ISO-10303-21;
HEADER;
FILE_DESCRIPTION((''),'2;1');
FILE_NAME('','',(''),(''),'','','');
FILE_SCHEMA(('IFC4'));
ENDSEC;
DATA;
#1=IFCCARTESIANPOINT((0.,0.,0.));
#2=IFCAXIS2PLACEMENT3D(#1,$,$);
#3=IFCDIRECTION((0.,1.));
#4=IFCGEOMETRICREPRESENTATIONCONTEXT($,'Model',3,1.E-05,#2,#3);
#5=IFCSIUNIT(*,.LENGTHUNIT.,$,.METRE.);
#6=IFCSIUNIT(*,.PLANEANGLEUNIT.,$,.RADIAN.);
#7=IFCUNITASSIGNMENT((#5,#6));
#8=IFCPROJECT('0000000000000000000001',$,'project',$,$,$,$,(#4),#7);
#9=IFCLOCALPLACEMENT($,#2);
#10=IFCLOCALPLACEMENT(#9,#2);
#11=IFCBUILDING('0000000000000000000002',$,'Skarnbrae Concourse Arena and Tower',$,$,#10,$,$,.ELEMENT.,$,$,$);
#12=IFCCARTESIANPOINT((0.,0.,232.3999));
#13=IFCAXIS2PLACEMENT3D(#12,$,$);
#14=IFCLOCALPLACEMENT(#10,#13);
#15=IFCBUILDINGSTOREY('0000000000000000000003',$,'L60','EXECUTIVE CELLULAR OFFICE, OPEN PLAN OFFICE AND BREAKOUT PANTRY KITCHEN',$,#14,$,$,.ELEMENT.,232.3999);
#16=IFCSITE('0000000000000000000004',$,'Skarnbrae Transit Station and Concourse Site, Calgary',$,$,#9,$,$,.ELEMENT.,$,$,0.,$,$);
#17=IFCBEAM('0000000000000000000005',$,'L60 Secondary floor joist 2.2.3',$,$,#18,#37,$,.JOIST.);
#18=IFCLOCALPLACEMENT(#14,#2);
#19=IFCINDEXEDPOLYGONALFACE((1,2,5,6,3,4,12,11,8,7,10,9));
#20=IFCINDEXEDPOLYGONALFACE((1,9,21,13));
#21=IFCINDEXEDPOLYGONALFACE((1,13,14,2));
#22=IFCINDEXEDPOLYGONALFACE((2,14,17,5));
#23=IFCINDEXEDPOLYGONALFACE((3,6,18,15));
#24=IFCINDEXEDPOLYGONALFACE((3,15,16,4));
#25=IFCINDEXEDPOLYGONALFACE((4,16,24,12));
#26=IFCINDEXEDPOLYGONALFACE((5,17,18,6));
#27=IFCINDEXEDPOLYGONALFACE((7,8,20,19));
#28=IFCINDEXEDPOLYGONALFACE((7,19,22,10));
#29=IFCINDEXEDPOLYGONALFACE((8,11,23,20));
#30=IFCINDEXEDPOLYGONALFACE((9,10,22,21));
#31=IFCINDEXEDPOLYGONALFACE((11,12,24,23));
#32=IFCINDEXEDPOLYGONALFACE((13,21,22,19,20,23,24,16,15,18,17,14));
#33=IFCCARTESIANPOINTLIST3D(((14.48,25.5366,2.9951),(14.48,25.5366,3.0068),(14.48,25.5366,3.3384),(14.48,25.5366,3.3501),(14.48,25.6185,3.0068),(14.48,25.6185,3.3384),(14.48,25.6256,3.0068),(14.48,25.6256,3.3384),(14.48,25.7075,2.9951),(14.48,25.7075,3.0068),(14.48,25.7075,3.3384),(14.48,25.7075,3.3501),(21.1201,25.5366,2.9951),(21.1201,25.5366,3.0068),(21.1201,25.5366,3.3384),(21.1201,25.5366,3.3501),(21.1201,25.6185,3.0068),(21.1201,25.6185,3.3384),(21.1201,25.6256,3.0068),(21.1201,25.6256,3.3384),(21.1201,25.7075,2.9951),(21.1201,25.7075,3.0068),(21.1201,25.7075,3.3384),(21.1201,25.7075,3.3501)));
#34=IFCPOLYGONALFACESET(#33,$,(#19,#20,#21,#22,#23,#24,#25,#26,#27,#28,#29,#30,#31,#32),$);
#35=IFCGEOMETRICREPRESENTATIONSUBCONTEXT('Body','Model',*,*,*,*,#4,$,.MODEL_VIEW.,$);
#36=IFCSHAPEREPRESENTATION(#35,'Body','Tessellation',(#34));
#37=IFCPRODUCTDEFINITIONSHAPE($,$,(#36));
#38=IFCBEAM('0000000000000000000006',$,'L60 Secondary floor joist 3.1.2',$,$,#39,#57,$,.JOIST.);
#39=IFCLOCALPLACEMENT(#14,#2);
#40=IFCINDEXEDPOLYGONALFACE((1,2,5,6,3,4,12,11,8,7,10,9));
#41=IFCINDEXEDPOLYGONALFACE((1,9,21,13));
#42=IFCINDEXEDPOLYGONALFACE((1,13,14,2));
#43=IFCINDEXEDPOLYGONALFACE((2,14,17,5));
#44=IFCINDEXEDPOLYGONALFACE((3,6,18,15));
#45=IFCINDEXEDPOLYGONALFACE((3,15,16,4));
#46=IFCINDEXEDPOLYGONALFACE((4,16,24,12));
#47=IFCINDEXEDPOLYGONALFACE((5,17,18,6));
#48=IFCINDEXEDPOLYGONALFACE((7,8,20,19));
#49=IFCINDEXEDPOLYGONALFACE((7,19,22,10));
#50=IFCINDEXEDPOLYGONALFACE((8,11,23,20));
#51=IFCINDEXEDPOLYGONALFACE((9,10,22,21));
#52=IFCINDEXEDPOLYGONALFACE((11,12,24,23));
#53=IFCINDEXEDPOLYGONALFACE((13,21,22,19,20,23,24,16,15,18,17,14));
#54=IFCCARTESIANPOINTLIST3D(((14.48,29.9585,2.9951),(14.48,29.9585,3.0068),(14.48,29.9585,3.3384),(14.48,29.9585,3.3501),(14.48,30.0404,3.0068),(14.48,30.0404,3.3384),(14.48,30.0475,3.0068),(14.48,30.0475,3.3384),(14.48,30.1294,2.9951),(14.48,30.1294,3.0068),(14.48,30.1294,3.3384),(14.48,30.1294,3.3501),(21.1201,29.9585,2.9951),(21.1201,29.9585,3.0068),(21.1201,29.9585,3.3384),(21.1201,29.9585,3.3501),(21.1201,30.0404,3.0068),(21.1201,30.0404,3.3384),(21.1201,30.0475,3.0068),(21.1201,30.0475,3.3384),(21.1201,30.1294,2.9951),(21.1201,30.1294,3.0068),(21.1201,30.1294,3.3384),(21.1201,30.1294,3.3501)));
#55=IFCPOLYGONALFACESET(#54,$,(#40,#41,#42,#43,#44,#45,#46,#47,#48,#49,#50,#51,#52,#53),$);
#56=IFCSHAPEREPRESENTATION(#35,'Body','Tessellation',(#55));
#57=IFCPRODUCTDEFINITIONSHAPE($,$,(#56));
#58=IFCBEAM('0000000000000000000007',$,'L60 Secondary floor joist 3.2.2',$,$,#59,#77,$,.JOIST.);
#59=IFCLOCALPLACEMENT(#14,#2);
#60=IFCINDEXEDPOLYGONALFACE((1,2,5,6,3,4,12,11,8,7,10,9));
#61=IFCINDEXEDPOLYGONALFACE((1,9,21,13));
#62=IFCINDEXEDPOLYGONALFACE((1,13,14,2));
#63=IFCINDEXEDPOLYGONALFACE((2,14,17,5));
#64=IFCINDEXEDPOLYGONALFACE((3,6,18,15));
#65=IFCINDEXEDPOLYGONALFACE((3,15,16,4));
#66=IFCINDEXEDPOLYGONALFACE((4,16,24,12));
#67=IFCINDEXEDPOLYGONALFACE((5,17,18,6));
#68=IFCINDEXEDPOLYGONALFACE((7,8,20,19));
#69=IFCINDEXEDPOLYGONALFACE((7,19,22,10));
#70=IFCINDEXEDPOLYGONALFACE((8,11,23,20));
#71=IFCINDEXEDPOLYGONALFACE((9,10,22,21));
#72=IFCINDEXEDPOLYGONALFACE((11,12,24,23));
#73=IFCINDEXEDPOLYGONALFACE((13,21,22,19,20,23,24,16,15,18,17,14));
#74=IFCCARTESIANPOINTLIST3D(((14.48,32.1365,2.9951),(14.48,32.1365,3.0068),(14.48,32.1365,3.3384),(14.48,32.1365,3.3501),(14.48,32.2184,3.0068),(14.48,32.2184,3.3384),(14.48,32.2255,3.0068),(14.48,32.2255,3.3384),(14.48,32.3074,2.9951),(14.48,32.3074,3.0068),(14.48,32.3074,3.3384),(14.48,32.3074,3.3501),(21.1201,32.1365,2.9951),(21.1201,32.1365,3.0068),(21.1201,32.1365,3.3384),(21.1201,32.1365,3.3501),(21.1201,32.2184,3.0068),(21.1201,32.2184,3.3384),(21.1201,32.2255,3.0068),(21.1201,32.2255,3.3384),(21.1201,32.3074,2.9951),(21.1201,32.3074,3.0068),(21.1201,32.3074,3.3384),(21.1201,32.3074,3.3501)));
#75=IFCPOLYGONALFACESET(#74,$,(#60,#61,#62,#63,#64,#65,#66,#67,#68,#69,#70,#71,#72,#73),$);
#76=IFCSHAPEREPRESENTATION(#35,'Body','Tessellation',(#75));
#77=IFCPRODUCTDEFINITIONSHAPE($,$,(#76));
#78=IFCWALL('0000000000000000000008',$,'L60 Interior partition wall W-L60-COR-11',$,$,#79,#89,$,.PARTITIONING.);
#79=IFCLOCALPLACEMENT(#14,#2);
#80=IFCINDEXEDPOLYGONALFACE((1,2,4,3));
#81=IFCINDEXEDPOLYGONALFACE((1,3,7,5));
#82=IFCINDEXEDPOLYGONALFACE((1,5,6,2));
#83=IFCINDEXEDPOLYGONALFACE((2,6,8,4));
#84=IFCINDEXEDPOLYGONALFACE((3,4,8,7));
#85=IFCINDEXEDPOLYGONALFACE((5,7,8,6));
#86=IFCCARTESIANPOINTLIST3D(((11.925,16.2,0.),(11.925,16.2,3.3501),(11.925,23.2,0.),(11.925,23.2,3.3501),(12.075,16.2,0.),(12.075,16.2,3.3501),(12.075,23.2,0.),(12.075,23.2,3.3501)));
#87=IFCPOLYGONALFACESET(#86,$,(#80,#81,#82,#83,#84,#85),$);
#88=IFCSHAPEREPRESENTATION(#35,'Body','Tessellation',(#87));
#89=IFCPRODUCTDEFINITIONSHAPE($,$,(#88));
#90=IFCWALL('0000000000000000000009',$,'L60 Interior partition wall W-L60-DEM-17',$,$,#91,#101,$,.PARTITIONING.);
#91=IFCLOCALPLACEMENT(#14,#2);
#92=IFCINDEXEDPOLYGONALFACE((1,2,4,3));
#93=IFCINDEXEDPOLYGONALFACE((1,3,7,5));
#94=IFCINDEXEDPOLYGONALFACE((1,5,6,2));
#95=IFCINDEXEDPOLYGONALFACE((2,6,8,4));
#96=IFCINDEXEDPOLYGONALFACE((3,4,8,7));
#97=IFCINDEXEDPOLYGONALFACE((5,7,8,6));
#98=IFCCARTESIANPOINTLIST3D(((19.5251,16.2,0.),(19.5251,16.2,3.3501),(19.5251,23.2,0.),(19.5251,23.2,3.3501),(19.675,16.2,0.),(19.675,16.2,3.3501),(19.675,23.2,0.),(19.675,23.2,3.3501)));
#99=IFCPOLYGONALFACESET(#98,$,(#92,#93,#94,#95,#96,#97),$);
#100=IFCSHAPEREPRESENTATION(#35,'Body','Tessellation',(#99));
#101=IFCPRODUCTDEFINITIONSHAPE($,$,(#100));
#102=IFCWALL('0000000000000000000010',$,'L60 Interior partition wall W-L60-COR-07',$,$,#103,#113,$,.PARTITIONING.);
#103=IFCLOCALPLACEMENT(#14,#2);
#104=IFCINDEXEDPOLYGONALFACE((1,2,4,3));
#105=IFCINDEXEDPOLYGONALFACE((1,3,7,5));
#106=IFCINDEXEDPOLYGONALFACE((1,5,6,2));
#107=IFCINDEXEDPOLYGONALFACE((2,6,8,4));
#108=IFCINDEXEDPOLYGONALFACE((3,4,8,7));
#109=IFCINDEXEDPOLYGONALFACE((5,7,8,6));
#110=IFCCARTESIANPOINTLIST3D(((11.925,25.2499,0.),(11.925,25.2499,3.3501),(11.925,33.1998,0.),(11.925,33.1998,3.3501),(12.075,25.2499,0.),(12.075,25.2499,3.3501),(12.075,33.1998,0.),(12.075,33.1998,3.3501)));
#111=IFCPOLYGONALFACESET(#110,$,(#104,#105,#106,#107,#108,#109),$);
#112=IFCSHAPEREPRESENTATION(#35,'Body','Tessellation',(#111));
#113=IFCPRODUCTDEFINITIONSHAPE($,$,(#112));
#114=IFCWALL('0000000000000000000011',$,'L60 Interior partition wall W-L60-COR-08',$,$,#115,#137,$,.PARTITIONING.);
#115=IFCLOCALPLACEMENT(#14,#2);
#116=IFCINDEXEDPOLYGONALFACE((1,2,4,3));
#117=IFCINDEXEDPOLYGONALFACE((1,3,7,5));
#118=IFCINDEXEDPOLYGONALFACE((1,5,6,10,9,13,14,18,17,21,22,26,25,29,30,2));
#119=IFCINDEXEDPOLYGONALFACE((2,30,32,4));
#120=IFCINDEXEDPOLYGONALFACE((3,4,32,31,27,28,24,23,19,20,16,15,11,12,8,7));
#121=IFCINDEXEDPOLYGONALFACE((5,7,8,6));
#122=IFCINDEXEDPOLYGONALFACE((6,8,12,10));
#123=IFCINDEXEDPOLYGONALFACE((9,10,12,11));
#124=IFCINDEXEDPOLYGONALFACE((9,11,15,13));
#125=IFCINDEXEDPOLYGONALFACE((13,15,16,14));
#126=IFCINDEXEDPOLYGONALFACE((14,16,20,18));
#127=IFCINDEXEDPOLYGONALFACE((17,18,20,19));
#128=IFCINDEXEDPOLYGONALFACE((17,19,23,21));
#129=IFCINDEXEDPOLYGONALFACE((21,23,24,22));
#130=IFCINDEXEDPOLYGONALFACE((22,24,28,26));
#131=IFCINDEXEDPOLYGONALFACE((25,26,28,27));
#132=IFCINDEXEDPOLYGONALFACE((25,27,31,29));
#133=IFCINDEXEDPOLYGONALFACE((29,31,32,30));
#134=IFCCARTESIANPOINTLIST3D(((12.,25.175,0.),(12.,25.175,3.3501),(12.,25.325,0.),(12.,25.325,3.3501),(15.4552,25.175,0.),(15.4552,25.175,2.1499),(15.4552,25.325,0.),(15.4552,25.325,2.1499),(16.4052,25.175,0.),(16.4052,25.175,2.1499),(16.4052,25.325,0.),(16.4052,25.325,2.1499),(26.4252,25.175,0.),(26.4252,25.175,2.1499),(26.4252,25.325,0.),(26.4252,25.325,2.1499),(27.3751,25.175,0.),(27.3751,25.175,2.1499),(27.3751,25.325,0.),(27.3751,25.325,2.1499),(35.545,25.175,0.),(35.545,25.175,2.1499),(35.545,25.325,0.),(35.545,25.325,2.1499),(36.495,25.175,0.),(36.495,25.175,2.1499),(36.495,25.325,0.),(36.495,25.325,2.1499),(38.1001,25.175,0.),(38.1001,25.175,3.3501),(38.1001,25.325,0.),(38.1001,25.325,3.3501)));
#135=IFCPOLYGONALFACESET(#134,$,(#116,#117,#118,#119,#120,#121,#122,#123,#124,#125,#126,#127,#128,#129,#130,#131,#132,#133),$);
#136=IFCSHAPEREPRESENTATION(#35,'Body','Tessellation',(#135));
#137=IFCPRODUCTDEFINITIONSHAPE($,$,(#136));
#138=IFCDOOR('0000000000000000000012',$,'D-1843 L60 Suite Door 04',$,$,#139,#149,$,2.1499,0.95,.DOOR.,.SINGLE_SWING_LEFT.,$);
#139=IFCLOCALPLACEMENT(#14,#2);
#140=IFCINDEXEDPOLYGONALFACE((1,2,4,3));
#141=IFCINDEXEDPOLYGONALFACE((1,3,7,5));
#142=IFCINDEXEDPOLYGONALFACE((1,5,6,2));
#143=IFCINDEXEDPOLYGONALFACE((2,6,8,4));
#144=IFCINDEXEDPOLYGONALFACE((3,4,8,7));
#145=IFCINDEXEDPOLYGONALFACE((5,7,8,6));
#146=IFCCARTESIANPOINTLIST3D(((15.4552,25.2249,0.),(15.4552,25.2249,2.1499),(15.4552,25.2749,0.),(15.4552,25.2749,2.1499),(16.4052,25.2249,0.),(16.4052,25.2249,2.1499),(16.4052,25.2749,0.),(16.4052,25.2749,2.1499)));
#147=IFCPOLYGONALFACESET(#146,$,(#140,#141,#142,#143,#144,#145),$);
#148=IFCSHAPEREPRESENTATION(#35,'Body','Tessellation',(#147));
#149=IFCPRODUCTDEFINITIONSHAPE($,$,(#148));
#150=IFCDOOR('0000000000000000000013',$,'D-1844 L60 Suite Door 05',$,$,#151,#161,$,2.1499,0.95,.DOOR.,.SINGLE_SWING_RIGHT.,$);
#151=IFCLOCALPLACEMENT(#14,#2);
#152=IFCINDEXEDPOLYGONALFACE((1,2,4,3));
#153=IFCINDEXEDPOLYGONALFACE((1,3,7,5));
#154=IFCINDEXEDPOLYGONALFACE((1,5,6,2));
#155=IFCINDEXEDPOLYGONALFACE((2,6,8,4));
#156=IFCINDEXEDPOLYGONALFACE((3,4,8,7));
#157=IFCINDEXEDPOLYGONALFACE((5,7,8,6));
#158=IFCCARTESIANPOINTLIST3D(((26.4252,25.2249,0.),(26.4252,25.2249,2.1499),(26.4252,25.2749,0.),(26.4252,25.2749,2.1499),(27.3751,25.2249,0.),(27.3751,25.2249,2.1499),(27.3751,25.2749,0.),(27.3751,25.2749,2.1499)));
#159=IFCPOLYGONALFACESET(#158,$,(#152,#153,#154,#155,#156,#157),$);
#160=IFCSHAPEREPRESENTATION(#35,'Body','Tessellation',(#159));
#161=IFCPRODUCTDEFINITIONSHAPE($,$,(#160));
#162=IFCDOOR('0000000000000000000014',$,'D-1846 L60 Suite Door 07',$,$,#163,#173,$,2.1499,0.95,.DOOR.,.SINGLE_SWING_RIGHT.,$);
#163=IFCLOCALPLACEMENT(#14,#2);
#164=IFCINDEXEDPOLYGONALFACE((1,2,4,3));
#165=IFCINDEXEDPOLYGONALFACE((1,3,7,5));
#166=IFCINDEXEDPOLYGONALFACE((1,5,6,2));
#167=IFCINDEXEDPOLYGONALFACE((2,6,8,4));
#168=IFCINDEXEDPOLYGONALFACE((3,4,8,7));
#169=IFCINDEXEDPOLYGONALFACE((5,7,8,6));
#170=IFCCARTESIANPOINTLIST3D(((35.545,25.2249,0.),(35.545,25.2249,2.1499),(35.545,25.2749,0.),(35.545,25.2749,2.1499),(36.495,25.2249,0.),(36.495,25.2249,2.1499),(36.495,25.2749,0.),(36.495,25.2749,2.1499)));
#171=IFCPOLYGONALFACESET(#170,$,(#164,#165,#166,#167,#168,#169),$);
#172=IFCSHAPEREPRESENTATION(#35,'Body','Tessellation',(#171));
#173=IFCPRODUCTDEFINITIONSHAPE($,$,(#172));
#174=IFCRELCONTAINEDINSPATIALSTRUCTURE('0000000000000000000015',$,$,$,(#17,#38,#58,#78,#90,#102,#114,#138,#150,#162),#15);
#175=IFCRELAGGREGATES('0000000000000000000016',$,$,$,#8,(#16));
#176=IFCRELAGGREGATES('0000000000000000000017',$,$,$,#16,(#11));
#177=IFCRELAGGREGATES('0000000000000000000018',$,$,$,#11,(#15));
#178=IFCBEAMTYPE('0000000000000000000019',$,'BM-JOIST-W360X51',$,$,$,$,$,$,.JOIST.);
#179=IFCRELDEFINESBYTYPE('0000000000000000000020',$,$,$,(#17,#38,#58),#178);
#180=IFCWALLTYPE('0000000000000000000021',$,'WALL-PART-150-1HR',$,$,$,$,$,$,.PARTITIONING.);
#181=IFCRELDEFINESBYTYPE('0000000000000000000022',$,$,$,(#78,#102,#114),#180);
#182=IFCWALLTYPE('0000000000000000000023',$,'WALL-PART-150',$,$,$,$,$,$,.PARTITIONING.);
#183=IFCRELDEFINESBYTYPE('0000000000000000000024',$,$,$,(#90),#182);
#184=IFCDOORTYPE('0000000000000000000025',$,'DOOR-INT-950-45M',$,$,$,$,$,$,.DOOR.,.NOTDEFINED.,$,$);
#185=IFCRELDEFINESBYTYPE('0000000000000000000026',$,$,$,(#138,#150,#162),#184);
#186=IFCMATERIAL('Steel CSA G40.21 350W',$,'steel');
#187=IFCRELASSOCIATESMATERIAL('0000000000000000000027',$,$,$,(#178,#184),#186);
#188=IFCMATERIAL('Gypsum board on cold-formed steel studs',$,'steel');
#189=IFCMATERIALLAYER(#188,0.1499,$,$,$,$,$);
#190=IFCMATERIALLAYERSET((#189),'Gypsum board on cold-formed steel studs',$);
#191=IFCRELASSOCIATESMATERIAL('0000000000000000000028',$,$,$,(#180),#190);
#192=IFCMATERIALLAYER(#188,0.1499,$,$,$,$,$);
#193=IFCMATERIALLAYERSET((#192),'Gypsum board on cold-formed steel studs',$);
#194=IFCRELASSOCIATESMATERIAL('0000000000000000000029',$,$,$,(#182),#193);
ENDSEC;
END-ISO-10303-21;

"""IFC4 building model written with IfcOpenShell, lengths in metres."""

from ifc_helpers import new_model, si_unit, direction, frame, frame_2d, origin, origin_2d, place, context, subcontext, project, spatial, rectangle, i_section, extrude, source, transform, mapped, material, layer, layer_set, material_profile, profile_set, type_object, element, fill, save


model = new_model("IFC4")

# Units and contexts
model_context = context("Model", 3, precision=1e-05, world=origin(), true_north=direction((0.0, 1.0)))
body_context = subcontext(model_context, "Body", "Model", "MODEL_VIEW")
ifc_project = project(units=[si_unit("LENGTHUNIT", "METRE"), si_unit("PLANEANGLEUNIT", "RADIAN")], contexts=[model_context])

# Site, building, storey
site_placement = place(None, origin())
site = spatial("IfcSite", under=ifc_project, at=site_placement, Name="Skarnbrae Transit Station and Concourse Site, Calgary", CompositionType="ELEMENT", RefElevation=0.0)
building_placement = place(site_placement, origin())
building = spatial("IfcBuilding", under=site, at=building_placement, Name="Skarnbrae Concourse Arena and Tower", CompositionType="ELEMENT")
storey_placement = place(building_placement, frame((0.0, 0.0, 232.3999)))
storey = spatial("IfcBuildingStorey", under=building, at=storey_placement, Name="L60", Description="EXECUTIVE CELLULAR OFFICE, OPEN PLAN OFFICE AND BREAKOUT PANTRY KITCHEN", CompositionType="ELEMENT", Elevation=232.3999)

# Shared definitions
ifc_material_1 = material(Name="Steel CSA G40.21 350W", Category="steel")

# Beams
ifc_material_profile_1 = material_profile(ifc_material_1, i_section(OverallWidth=0.1709, OverallDepth=0.355, WebThickness=0.0071, FlangeThickness=0.0117, at=origin_2d()), Name="W360X51")
ifc_profile_set_1 = profile_set([ifc_material_profile_1], Name="Steel CSA G40.21 350W")
beam_type_1 = type_object("IfcBeamType", Name="BM-JOIST-W360X51", PredefinedType="JOIST", material=ifc_profile_set_1)
shared_shape_1 = source(origin(), body_context, "Body", "SweptSolid", [
    extrude(i_section(OverallWidth=0.1709, OverallDepth=0.355, WebThickness=0.0071, FlangeThickness=0.0117, at=origin_2d()), origin(), (0.0, 0.0, 1.0), 6.6401),
])
for number, where, z_axis, x_axis, name in (
    (1, (14.48, 25.6221, 3.1726), (1.0, 0.0, 0.0), (0.0, 1.0, 0.0), "L60 Secondary floor joist 2.2.3"),
    (2, (14.48, 30.0439, 3.1726), (1.0, 0.0, 0.0), (0.0, 1.0, 0.0), "L60 Secondary floor joist 3.1.2"),
    (3, (14.48, 32.2219, 3.1726), (1.0, 0.0, 0.0), (0.0, 1.0, 0.0), "L60 Secondary floor joist 3.2.2"),
):
    element("IfcBeam", number, at=place(storey_placement, frame(where, z_axis=z_axis, x_axis=x_axis)), inside=storey, type_object=beam_type_1, Name=name, PredefinedType="JOIST", context=body_context, shape_type="MappedRepresentation", body=[
        mapped(shared_shape_1, transform((0.0, 0.0, 0.0))),
    ])

# Walls
ifc_material_2 = material(Name="Gypsum board on cold-formed steel studs", Category="steel")
ifc_layer_1 = layer(ifc_material_2, 0.1499)
ifc_layer_set_1 = layer_set([ifc_layer_1], Name="Gypsum board on cold-formed steel studs")
wall_type_1 = type_object("IfcWallType", Name="WALL-PART-150-1HR", PredefinedType="PARTITIONING", material=ifc_layer_set_1)
shared_shape_2 = source(origin(), body_context, "Body", "SweptSolid", [
    extrude(rectangle(XDim=7.0, YDim=0.1499, at=frame_2d((3.5, 0.0))), origin(), (0.0, 0.0, 1.0), 3.3501),
])
wall_1_placement = place(storey_placement, frame((12.0, 23.2, 0.0), z_axis=(0.0, 0.0, 1.0), x_axis=(0.0, -1.0, 0.0)))
element("IfcWall", 4, at=wall_1_placement, inside=storey, type_object=wall_type_1, Name="L60 Interior partition wall W-L60-COR-11", PredefinedType="PARTITIONING", context=body_context, shape_type="MappedRepresentation", body=[
    mapped(shared_shape_2, transform((0.0, 0.0, 0.0))),
])
ifc_layer_2 = layer(ifc_material_2, 0.1499)
ifc_layer_set_2 = layer_set([ifc_layer_2], Name="Gypsum board on cold-formed steel studs")
wall_type_2 = type_object("IfcWallType", Name="WALL-PART-150", PredefinedType="PARTITIONING", material=ifc_layer_set_2)
wall_2_placement = place(storey_placement, frame((19.6001, 23.2, 0.0), z_axis=(0.0, 0.0, 1.0), x_axis=(0.0, -1.0, 0.0)))
element("IfcWall", 5, at=wall_2_placement, inside=storey, type_object=wall_type_2, Name="L60 Interior partition wall W-L60-DEM-17", PredefinedType="PARTITIONING", context=body_context, shape_type="MappedRepresentation", body=[
    mapped(shared_shape_2, transform((0.0, 0.0, 0.0))),
])
shared_shape_3 = source(origin(), body_context, "Body", "SweptSolid", [
    extrude(rectangle(XDim=7.95, YDim=0.1499, at=frame_2d((3.9751, 0.0))), origin(), (0.0, 0.0, 1.0), 3.3501),
])
wall_3_placement = place(storey_placement, frame((12.0, 33.2, 0.0), z_axis=(0.0, 0.0, 1.0), x_axis=(0.0, -1.0, 0.0)))
element("IfcWall", 6, at=wall_3_placement, inside=storey, type_object=wall_type_1, Name="L60 Interior partition wall W-L60-COR-07", PredefinedType="PARTITIONING", context=body_context, shape_type="MappedRepresentation", body=[
    mapped(shared_shape_3, transform((0.0, 0.0, 0.0))),
])

# Wall, openings, doors
shared_shape_4 = source(origin(), body_context, "Body", "SweptSolid", [
    extrude(rectangle(XDim=26.1001, YDim=0.1499, at=frame_2d((13.05, 0.0))), origin(), (0.0, 0.0, 1.0), 3.3501),
])
wall_4_placement = place(storey_placement, frame((12.0, 25.25, 0.0), z_axis=(0.0, 0.0, 1.0), x_axis=(1.0, 0.0, 0.0)))
wall_4 = element("IfcWall", 7, at=wall_4_placement, inside=storey, type_object=wall_type_1, Name="L60 Interior partition wall W-L60-COR-08", PredefinedType="PARTITIONING", context=body_context, shape_type="MappedRepresentation", body=[
    mapped(shared_shape_4, transform((0.0, 0.0, 0.0))),
])
opening_1_placement = place(wall_4_placement, frame((3.4551, 0.0, 0.0)))
opening_1 = element("IfcOpeningElement", 8, at=opening_1_placement, cuts=wall_4, PredefinedType="OPENING", context=body_context, shape_type="SweptSolid", body=[
    extrude(rectangle(XDim=0.95, YDim=2.1499, at=frame_2d((0.4751, 1.075))), frame((0.0, 0.085, 0.0), z_axis=(0.0, -1.0, 0.0), x_axis=(1.0, 0.0, 0.0)), (0.0, 0.0, 1.0), 0.1699),
])
opening_2_placement = place(wall_4_placement, frame((14.425, 0.0, 0.0)))
opening_2 = element("IfcOpeningElement", 9, at=opening_2_placement, cuts=wall_4, PredefinedType="OPENING", context=body_context, shape_type="SweptSolid", body=[
    extrude(rectangle(XDim=0.95, YDim=2.1499, at=frame_2d((0.4751, 1.075))), frame((0.0, 0.085, 0.0), z_axis=(0.0, -1.0, 0.0), x_axis=(1.0, 0.0, 0.0)), (0.0, 0.0, 1.0), 0.1699),
])
opening_3_placement = place(wall_4_placement, frame((23.5449, 0.0, 0.0)))
opening_3 = element("IfcOpeningElement", 10, at=opening_3_placement, cuts=wall_4, PredefinedType="OPENING", context=body_context, shape_type="SweptSolid", body=[
    extrude(rectangle(XDim=0.95, YDim=2.1499, at=frame_2d((0.4751, 1.075))), frame((0.0, 0.085, 0.0), z_axis=(0.0, -1.0, 0.0), x_axis=(1.0, 0.0, 0.0)), (0.0, 0.0, 1.0), 0.1699),
])
door_type = type_object("IfcDoorType", Name="DOOR-INT-950-45M", OperationType="NOTDEFINED", PredefinedType="DOOR", material=ifc_material_1)
shared_shape_5 = source(origin(), body_context, "Body", "SweptSolid", [
    extrude(rectangle(XDim=0.95, YDim=2.1499, at=frame_2d((0.4751, 1.075))), frame((0.0, 0.0249, 0.0), z_axis=(0.0, -1.0, 0.0), x_axis=(1.0, 0.0, 0.0)), (0.0, 0.0, 1.0), 0.05),
])
door_1_placement = place(opening_1_placement, origin())
door_1 = element("IfcDoor", 11, at=door_1_placement, inside=storey, type_object=door_type, Name="D-1843 L60 Suite Door 04", OperationType="SINGLE_SWING_LEFT", OverallHeight=2.1499, OverallWidth=0.95, PredefinedType="DOOR", context=body_context, shape_type="MappedRepresentation", body=[
    mapped(shared_shape_5, transform((0.0, 0.0, 0.0))),
])
fill(opening_1, door_1)
door_2_placement = place(opening_2_placement, origin())
door_2 = element("IfcDoor", 12, at=door_2_placement, inside=storey, type_object=door_type, Name="D-1844 L60 Suite Door 05", OperationType="SINGLE_SWING_RIGHT", OverallHeight=2.1499, OverallWidth=0.95, PredefinedType="DOOR", context=body_context, shape_type="MappedRepresentation", body=[
    mapped(shared_shape_5, transform((0.0, 0.0, 0.0))),
])
fill(opening_2, door_2)
door_3_placement = place(opening_3_placement, origin())
door_3 = element("IfcDoor", 13, at=door_3_placement, inside=storey, type_object=door_type, Name="D-1846 L60 Suite Door 07", OperationType="SINGLE_SWING_RIGHT", OverallHeight=2.1499, OverallWidth=0.95, PredefinedType="DOOR", context=body_context, shape_type="MappedRepresentation", body=[
    mapped(shared_shape_5, transform((0.0, 0.0, 0.0))),
])
fill(opening_3, door_3)

save(model, "model.ifc")
